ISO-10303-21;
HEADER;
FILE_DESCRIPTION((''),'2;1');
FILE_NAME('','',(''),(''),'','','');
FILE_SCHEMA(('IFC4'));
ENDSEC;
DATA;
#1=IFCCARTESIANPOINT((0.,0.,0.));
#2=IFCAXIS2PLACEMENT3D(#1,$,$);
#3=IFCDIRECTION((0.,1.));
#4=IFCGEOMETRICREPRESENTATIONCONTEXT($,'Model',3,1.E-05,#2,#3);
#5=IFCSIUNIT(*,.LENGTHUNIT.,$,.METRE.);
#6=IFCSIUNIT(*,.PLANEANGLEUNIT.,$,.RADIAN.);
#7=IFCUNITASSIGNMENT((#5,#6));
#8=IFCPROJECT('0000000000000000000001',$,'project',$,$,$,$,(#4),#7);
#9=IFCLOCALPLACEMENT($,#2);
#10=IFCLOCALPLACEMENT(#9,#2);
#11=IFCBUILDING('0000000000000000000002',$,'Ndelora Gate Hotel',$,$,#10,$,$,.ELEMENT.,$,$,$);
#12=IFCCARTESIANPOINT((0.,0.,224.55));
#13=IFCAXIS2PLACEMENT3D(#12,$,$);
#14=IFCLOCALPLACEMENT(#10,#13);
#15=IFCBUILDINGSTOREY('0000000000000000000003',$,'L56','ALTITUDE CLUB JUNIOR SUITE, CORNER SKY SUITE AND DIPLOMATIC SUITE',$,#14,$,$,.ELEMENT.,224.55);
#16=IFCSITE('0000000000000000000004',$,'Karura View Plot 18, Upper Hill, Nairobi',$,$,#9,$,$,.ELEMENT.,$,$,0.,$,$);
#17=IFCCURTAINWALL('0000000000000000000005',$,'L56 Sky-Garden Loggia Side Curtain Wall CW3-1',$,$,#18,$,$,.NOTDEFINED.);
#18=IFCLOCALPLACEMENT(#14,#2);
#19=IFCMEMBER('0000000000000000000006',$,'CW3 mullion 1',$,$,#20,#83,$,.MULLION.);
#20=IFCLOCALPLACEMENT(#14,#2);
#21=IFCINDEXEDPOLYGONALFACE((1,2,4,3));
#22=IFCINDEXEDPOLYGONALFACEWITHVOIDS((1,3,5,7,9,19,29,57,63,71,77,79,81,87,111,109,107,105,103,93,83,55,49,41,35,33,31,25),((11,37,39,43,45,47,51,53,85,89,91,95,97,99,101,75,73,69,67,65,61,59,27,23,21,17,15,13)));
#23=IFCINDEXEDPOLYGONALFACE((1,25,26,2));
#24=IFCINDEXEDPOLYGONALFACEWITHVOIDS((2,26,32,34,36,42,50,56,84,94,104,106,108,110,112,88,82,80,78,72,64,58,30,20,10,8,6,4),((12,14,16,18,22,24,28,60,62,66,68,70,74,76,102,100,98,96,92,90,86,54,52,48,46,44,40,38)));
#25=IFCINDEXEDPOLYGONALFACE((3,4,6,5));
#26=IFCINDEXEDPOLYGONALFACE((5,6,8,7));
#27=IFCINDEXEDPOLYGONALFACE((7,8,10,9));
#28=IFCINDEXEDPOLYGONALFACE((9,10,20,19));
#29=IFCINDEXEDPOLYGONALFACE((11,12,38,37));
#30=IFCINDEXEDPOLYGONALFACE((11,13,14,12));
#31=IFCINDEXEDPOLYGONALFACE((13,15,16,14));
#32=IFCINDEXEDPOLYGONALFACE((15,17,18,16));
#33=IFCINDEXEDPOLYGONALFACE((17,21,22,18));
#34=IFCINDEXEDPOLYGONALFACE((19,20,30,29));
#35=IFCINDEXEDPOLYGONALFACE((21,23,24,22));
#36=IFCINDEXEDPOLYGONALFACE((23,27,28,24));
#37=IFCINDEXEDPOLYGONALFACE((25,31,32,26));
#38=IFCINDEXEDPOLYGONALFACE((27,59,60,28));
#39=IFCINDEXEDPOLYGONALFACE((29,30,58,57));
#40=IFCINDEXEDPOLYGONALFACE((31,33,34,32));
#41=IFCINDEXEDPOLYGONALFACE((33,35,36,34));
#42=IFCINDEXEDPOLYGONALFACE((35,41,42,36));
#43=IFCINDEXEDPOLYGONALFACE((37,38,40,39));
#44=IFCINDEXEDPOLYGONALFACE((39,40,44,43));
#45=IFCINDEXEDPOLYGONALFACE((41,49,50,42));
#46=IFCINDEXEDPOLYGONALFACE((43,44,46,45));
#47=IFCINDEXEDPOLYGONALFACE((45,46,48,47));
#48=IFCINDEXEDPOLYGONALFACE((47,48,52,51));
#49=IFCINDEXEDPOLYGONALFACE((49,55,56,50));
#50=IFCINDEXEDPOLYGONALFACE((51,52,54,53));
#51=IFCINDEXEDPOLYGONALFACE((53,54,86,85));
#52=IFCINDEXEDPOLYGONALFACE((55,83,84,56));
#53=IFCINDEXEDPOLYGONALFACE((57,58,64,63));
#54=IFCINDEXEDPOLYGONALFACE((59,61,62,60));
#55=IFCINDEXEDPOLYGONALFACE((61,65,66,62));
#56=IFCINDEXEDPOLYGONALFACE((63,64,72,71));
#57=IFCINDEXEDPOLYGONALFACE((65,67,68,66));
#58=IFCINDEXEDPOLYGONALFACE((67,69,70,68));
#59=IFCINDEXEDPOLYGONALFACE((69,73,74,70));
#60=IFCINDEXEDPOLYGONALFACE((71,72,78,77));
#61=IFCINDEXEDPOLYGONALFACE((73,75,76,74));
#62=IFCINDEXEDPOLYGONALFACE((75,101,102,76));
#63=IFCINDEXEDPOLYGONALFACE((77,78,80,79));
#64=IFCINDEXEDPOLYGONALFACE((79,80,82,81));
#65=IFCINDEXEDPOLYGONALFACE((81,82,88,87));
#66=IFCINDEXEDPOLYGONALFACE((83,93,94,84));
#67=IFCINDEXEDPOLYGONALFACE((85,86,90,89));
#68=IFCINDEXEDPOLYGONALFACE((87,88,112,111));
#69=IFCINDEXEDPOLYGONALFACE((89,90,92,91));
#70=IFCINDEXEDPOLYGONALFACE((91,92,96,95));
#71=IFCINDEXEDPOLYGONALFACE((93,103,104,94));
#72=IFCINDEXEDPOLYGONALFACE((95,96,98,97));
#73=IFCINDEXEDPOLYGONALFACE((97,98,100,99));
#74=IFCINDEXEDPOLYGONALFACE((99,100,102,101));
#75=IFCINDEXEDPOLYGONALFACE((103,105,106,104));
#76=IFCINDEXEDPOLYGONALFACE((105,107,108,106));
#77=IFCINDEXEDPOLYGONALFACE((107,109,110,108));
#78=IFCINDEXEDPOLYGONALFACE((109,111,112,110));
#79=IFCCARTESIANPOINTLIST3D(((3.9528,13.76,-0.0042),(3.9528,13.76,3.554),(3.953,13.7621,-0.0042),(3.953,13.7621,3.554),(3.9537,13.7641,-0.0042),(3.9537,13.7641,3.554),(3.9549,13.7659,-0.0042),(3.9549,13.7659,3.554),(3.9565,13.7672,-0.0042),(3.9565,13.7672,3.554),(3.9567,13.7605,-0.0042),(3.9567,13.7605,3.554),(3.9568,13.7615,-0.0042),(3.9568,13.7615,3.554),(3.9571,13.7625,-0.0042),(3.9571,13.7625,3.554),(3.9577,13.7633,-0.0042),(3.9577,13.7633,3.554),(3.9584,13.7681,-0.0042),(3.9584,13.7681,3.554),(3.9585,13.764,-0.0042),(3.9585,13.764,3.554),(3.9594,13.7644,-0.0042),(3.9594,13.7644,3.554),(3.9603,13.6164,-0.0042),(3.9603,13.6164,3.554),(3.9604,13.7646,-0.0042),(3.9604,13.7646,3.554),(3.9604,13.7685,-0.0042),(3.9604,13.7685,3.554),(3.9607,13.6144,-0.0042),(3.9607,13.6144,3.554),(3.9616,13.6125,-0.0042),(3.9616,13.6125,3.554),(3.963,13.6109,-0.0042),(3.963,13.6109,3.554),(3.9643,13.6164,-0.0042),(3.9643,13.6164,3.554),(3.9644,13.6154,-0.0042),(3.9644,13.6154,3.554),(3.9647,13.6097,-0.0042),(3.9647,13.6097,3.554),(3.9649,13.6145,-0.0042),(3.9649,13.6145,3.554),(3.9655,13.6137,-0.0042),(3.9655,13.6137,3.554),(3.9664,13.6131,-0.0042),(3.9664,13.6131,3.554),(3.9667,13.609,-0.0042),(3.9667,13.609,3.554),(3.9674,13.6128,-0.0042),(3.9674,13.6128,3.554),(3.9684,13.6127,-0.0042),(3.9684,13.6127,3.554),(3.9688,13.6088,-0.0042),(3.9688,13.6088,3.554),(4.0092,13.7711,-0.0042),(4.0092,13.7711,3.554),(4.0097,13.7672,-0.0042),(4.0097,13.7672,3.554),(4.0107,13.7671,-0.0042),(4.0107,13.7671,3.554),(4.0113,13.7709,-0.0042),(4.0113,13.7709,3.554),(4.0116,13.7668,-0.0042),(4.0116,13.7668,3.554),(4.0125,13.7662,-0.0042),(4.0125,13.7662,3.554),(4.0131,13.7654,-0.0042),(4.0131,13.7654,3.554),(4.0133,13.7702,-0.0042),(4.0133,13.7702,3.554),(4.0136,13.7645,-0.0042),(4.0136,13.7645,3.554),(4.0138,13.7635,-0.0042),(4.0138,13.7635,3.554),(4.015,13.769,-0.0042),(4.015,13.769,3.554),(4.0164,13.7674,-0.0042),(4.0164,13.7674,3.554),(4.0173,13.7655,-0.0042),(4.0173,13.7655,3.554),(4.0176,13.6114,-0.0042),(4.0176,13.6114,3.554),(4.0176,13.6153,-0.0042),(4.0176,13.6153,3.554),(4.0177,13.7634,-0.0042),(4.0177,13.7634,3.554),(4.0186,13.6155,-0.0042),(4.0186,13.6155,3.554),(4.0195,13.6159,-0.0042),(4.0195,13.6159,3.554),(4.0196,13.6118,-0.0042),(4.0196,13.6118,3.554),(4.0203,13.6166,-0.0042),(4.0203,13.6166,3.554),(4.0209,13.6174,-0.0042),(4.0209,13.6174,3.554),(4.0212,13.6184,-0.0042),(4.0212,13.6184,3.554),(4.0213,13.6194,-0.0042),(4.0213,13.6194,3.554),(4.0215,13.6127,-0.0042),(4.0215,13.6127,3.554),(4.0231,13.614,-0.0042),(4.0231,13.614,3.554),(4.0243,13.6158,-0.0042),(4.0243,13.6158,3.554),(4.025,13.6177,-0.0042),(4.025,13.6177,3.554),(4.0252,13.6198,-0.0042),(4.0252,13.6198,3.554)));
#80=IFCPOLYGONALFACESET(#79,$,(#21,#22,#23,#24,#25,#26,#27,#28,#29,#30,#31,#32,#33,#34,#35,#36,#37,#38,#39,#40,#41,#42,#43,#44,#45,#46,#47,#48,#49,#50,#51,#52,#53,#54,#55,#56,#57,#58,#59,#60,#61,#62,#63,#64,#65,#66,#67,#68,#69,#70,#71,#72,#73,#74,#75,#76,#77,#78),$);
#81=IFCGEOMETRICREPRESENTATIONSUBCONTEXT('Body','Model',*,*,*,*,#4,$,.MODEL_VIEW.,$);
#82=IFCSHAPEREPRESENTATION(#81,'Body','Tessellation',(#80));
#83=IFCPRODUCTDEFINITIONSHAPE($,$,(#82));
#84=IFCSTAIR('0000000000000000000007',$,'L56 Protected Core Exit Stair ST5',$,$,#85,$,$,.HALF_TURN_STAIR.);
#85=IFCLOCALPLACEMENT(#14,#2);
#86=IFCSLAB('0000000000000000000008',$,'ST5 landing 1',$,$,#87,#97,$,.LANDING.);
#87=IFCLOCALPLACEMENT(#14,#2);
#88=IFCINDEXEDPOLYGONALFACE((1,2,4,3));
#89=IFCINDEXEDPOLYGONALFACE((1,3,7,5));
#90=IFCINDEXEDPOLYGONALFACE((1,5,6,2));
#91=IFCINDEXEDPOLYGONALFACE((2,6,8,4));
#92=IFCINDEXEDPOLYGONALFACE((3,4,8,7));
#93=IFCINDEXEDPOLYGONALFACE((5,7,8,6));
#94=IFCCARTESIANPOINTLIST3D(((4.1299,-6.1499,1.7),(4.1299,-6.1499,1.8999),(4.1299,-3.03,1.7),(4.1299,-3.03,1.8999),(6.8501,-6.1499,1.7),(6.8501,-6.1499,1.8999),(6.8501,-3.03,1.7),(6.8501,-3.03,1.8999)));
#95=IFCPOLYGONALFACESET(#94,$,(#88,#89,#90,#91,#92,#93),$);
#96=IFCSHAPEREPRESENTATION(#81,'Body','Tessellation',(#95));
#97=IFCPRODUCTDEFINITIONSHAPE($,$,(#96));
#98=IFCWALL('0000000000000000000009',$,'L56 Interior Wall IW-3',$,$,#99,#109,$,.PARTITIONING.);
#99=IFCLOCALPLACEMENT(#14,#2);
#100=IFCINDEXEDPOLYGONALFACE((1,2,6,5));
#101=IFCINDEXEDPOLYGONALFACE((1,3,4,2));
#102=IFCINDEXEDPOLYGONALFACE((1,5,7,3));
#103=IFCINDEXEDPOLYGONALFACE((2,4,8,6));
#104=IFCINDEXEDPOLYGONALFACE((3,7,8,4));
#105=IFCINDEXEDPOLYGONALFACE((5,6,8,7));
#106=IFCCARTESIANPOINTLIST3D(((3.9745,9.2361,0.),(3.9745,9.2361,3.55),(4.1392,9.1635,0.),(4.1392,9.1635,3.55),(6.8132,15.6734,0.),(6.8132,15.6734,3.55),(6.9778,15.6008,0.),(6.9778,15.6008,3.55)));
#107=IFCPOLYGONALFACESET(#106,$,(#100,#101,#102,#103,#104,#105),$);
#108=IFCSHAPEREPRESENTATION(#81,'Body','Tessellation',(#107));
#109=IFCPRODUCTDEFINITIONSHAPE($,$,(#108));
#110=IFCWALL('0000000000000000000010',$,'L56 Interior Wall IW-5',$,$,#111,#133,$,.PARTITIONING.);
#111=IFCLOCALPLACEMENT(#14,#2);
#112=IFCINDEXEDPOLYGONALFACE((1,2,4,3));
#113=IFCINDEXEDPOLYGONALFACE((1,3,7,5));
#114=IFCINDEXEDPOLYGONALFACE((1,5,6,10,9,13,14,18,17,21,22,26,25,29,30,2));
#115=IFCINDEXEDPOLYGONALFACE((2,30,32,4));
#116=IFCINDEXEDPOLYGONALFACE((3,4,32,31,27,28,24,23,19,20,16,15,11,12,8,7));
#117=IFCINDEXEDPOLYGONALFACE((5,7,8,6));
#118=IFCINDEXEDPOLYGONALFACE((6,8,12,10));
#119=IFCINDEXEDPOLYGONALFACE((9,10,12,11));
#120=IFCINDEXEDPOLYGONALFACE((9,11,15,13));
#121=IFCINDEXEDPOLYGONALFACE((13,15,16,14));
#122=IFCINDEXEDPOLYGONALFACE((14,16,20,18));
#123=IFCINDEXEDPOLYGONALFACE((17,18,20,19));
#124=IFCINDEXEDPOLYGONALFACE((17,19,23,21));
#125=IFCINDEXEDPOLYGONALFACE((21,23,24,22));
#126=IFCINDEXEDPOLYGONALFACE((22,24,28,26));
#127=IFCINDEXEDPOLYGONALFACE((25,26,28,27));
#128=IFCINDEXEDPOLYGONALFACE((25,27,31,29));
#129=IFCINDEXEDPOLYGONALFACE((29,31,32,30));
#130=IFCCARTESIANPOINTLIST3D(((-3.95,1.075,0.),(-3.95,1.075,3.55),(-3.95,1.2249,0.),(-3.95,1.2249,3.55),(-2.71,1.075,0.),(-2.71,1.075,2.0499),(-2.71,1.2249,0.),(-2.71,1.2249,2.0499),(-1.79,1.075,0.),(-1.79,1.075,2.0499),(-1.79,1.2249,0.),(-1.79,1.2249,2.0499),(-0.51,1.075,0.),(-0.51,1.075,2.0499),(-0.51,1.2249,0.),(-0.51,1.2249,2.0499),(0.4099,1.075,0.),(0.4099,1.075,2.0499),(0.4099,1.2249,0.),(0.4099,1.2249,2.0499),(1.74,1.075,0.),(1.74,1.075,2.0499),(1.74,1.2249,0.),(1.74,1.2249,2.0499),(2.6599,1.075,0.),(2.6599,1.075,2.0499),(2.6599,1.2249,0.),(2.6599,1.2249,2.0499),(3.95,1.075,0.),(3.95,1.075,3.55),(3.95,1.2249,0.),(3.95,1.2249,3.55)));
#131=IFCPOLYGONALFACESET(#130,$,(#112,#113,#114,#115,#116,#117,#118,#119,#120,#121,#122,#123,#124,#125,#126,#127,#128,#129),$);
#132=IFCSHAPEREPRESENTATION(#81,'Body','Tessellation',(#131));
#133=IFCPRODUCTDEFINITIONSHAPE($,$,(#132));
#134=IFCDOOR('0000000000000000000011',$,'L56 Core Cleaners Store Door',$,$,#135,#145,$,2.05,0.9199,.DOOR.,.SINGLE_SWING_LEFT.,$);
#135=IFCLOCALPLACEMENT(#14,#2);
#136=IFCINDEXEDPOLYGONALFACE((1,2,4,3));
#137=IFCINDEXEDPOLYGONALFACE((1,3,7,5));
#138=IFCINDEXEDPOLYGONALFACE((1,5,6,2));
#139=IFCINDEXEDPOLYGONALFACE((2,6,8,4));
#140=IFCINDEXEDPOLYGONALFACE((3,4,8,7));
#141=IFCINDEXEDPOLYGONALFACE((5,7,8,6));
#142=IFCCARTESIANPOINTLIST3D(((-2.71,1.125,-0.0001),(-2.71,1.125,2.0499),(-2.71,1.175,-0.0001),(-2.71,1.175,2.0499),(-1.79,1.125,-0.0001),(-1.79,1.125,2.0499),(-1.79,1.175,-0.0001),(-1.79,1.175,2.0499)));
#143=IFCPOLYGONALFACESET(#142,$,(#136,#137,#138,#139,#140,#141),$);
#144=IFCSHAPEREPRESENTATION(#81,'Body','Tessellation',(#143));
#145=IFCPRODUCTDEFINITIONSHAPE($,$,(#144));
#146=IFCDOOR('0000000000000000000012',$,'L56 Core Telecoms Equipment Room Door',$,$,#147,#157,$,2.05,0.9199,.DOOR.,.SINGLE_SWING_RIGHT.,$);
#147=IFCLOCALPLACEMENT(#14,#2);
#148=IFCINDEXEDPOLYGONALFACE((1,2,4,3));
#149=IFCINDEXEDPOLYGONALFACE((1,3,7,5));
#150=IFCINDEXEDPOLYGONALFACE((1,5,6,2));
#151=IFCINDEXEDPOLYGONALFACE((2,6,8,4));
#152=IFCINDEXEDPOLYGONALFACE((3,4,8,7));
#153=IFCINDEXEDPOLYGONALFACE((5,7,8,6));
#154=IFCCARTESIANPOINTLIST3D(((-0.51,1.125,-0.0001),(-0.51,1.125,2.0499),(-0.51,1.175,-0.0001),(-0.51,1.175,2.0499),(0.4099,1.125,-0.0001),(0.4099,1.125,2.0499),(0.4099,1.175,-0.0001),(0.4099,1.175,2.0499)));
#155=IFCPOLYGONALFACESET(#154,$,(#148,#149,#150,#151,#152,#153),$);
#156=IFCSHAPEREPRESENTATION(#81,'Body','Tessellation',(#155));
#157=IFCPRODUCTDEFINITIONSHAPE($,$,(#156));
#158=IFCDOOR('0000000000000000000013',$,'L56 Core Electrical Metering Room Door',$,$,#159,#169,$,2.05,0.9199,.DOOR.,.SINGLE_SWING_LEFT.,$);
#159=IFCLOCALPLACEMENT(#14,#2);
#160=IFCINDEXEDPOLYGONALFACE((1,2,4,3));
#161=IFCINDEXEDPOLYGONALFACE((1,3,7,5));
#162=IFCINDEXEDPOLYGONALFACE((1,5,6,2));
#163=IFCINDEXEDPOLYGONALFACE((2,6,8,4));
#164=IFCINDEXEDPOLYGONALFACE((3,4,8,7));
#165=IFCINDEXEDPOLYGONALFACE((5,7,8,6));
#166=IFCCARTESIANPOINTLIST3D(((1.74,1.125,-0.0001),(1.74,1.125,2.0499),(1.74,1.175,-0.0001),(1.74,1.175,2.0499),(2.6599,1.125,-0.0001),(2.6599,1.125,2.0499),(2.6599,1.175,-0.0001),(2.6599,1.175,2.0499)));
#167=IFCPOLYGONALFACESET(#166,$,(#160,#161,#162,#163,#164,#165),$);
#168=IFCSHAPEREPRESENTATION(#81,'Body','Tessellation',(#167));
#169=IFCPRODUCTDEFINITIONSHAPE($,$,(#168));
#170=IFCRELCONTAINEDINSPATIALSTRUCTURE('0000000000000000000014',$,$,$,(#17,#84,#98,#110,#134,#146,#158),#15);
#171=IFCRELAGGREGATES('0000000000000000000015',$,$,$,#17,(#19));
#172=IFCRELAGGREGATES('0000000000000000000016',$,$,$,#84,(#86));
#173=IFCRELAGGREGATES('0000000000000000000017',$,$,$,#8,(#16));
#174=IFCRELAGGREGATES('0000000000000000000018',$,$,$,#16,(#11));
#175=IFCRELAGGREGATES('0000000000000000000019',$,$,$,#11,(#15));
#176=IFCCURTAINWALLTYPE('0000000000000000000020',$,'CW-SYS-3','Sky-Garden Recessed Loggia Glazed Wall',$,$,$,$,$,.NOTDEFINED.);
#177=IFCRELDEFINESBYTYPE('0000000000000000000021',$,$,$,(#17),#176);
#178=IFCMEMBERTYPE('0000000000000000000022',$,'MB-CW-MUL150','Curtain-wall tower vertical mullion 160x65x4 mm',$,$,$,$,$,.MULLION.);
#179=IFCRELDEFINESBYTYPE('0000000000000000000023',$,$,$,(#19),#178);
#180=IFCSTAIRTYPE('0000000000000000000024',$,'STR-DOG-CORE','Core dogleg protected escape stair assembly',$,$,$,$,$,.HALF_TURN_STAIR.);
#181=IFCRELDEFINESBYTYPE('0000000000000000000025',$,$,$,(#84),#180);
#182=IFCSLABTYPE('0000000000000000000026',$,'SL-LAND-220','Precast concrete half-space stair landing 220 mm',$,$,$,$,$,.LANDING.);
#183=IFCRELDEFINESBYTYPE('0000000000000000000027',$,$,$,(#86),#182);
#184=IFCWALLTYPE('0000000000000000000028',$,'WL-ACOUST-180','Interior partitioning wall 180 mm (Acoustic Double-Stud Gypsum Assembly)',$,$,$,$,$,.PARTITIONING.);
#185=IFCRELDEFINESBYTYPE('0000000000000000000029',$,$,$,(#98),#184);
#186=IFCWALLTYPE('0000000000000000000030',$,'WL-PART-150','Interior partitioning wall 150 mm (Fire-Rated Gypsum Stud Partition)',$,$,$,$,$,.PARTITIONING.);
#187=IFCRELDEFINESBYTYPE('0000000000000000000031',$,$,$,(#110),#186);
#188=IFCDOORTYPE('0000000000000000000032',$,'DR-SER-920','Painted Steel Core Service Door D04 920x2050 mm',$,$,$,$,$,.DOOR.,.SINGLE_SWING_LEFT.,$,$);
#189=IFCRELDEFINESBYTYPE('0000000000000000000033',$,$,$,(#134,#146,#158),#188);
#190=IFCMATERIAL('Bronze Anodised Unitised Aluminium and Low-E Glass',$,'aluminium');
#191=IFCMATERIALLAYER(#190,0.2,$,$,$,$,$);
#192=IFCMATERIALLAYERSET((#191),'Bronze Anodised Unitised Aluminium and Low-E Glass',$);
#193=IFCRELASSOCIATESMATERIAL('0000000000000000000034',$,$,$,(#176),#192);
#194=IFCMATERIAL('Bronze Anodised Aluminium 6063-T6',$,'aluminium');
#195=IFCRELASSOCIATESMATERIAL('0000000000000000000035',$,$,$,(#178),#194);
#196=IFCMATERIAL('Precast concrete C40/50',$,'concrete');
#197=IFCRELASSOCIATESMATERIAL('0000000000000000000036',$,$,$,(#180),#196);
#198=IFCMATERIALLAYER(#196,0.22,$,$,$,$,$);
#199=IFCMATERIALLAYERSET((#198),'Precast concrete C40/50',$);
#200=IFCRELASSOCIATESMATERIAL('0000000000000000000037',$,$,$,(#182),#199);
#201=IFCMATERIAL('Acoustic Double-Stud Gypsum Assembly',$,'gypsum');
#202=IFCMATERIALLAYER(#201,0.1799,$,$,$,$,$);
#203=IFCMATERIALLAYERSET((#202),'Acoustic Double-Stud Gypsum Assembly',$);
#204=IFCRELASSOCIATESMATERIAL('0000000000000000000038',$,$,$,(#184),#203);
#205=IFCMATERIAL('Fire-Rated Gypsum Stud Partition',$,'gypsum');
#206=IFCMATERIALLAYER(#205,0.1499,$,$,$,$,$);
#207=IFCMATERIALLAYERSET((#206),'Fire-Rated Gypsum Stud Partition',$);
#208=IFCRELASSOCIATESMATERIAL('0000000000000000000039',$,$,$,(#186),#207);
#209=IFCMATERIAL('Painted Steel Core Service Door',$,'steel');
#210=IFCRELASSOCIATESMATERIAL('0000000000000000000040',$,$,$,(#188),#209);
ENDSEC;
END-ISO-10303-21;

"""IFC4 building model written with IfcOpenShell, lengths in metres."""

from ifc_helpers import new_model, si_unit, direction, frame, frame_2d, origin, origin_2d, place, context, subcontext, project, spatial, polyline, rectangle, hollow_rectangle, outline, extrude, material, layer, layer_set, material_profile, profile_set, type_object, element, fill, aggregate, save


model = new_model("IFC4")

# Units and contexts
model_context = context("Model", 3, precision=1e-05, world=origin(), true_north=direction((0.0, 1.0)))
body_context = subcontext(model_context, "Body", "Model", "MODEL_VIEW")
ifc_project = project(units=[si_unit("LENGTHUNIT", "METRE"), si_unit("PLANEANGLEUNIT", "RADIAN")], contexts=[model_context])

# Site, building, storey
site_placement = place(None, origin())
site = spatial("IfcSite", under=ifc_project, at=site_placement, Name="Karura View Plot 18, Upper Hill, Nairobi", CompositionType="ELEMENT", RefElevation=0.0)
building_placement = place(site_placement, origin())
building = spatial("IfcBuilding", under=site, at=building_placement, Name="Ndelora Gate Hotel", CompositionType="ELEMENT")
storey_placement = place(building_placement, frame((0.0, 0.0, 224.55)))
storey = spatial("IfcBuildingStorey", under=building, at=storey_placement, Name="L56", Description="ALTITUDE CLUB JUNIOR SUITE, CORNER SKY SUITE AND DIPLOMATIC SUITE", CompositionType="ELEMENT", Elevation=224.55)

# Curtain wall, member
ifc_material_1 = material(Name="Bronze Anodised Unitised Aluminium and Low-E Glass", Category="aluminium")
ifc_layer_1 = layer(ifc_material_1, 0.2)
ifc_layer_set_1 = layer_set([ifc_layer_1], Name="Bronze Anodised Unitised Aluminium and Low-E Glass")
curtain_wall_type = type_object("IfcCurtainWallType", Name="CW-SYS-3", Description="Sky-Garden Recessed Loggia Glazed Wall", PredefinedType="NOTDEFINED", material=ifc_layer_set_1)
curtain_wall_placement = place(storey_placement, origin())
curtain_wall = element("IfcCurtainWall", 1, at=curtain_wall_placement, inside=storey, type_object=curtain_wall_type, Name="L56 Sky-Garden Loggia Side Curtain Wall CW3-1", PredefinedType="NOTDEFINED")
ifc_material_2 = material(Name="Bronze Anodised Aluminium 6063-T6", Category="aluminium")
ifc_material_profile = material_profile(ifc_material_2, hollow_rectangle(XDim=0.0649, YDim=0.1599, WallThickness=0.0039, InnerFilletRadius=0.0039, OuterFilletRadius=0.0081, at=origin_2d()), Name="ALU 160x65x4")
ifc_profile_set = profile_set([ifc_material_profile], Name="Bronze Anodised Aluminium 6063-T6")
member_type = type_object("IfcMemberType", Name="MB-CW-MUL150", Description="Curtain-wall tower vertical mullion 160x65x4 mm", PredefinedType="MULLION", material=ifc_profile_set)
member_placement = place(storey_placement, frame((3.989, 13.6899, -0.0042), z_axis=(0.0, 0.0, 1.0), x_axis=(-0.99863, -0.052318, 0.0)))
member = element("IfcMember", 2, at=member_placement, type_object=member_type, Name="CW3 mullion 1", PredefinedType="MULLION", context=body_context, shape_type="SweptSolid", body=[
    extrude(hollow_rectangle(XDim=0.0649, YDim=0.1599, WallThickness=0.0039, InnerFilletRadius=0.0039, OuterFilletRadius=0.0081, at=origin_2d()), origin(), (0.0, 0.0, 1.0), 3.5581),
])
aggregate(curtain_wall, [member])

# Stair, slab
ifc_material_3 = material(Name="Precast concrete C40/50", Category="concrete")
stair_type = type_object("IfcStairType", Name="STR-DOG-CORE", Description="Core dogleg protected escape stair assembly", PredefinedType="HALF_TURN_STAIR", material=ifc_material_3)
stair_placement = place(storey_placement, origin())
stair = element("IfcStair", 3, at=stair_placement, inside=storey, type_object=stair_type, Name="L56 Protected Core Exit Stair ST5", PredefinedType="HALF_TURN_STAIR")
ifc_layer_2 = layer(ifc_material_3, 0.22)
ifc_layer_set_2 = layer_set([ifc_layer_2], Name="Precast concrete C40/50")
slab_type = type_object("IfcSlabType", Name="SL-LAND-220", Description="Precast concrete half-space stair landing 220 mm", PredefinedType="LANDING", material=ifc_layer_set_2)
slab_placement = place(storey_placement, frame((0.0, 0.0, 1.7)))
slab = element("IfcSlab", 4, at=slab_placement, type_object=slab_type, Name="ST5 landing 1", PredefinedType="LANDING", context=body_context, shape_type="SweptSolid", body=[
    extrude(outline(polyline([(4.1299, -3.03), (4.1299, -6.1499), (6.8501, -6.1499), (6.8501, -3.03), (4.1299, -3.03)])), origin(), (0.0, 0.0, 1.0), 0.2),
])
aggregate(stair, [slab])

# Wall
ifc_material_4 = material(Name="Acoustic Double-Stud Gypsum Assembly", Category="gypsum")
ifc_layer_3 = layer(ifc_material_4, 0.1799)
ifc_layer_set_3 = layer_set([ifc_layer_3], Name="Acoustic Double-Stud Gypsum Assembly")
wall_type_1 = type_object("IfcWallType", Name="WL-ACOUST-180", Description="Interior partitioning wall 180 mm (Acoustic Double-Stud Gypsum Assembly)", PredefinedType="PARTITIONING", material=ifc_layer_set_3)
wall_1_placement = place(storey_placement, frame((4.0569, 9.2, 0.0), z_axis=(0.0, 0.0, 1.0), x_axis=(0.40348, 0.914988, 0.0)))
element("IfcWall", 5, at=wall_1_placement, inside=storey, type_object=wall_type_1, Name="L56 Interior Wall IW-3", PredefinedType="PARTITIONING", context=body_context, shape_type="SweptSolid", body=[
    extrude(rectangle(XDim=7.0354, YDim=0.1799, at=frame_2d((3.5176, 0.0))), origin(), (0.0, 0.0, 1.0), 3.55),
])

# Wall, openings, doors
ifc_material_5 = material(Name="Fire-Rated Gypsum Stud Partition", Category="gypsum")
ifc_layer_4 = layer(ifc_material_5, 0.1499)
ifc_layer_set_4 = layer_set([ifc_layer_4], Name="Fire-Rated Gypsum Stud Partition")
wall_type_2 = type_object("IfcWallType", Name="WL-PART-150", Description="Interior partitioning wall 150 mm (Fire-Rated Gypsum Stud Partition)", PredefinedType="PARTITIONING", material=ifc_layer_set_4)
wall_2_placement = place(storey_placement, frame((3.95, 1.1499, 0.0), z_axis=(0.0, 0.0, 1.0), x_axis=(-1.0, 0.0, 0.0)))
wall_2 = element("IfcWall", 6, at=wall_2_placement, inside=storey, type_object=wall_type_2, Name="L56 Interior Wall IW-5", PredefinedType="PARTITIONING", context=body_context, shape_type="SweptSolid", body=[
    extrude(rectangle(XDim=7.8999, YDim=0.1499, at=frame_2d((3.95, 0.0))), origin(), (0.0, 0.0, 1.0), 3.55),
])
opening_1_placement = place(wall_2_placement, frame((5.74, 0.0, 0.0)))
opening_1 = element("IfcOpeningElement", 7, at=opening_1_placement, cuts=wall_2, PredefinedType="OPENING", context=body_context, shape_type="SweptSolid", body=[
    extrude(rectangle(XDim=0.9199, YDim=2.05, at=frame_2d((0.46, 1.0249))), frame((0.0, 0.085, 0.0), z_axis=(0.0, -1.0, 0.0), x_axis=(1.0, 0.0, 0.0)), (0.0, 0.0, 1.0), 0.1699),
])
opening_2_placement = place(wall_2_placement, frame((3.54, 0.0, 0.0)))
opening_2 = element("IfcOpeningElement", 8, at=opening_2_placement, cuts=wall_2, PredefinedType="OPENING", context=body_context, shape_type="SweptSolid", body=[
    extrude(rectangle(XDim=0.9199, YDim=2.05, at=frame_2d((0.46, 1.0249))), frame((0.0, 0.085, 0.0), z_axis=(0.0, -1.0, 0.0), x_axis=(1.0, 0.0, 0.0)), (0.0, 0.0, 1.0), 0.1699),
])
opening_3_placement = place(wall_2_placement, frame((1.29, 0.0, 0.0)))
opening_3 = element("IfcOpeningElement", 9, at=opening_3_placement, cuts=wall_2, PredefinedType="OPENING", context=body_context, shape_type="SweptSolid", body=[
    extrude(rectangle(XDim=0.9199, YDim=2.05, at=frame_2d((0.46, 1.0249))), frame((0.0, 0.085, 0.0), z_axis=(0.0, -1.0, 0.0), x_axis=(1.0, 0.0, 0.0)), (0.0, 0.0, 1.0), 0.1699),
])
ifc_material_6 = material(Name="Painted Steel Core Service Door", Category="steel")
door_type_1 = type_object("IfcDoorType", Name="DR-SER-920", Description="Painted Steel Core Service Door D04 920x2050 mm", OperationType="SINGLE_SWING_LEFT", PredefinedType="DOOR", material=ifc_material_6)
door_1_placement = place(opening_1_placement, origin())
door_1 = element("IfcDoor", 10, at=door_1_placement, inside=storey, type_object=door_type_1, Name="L56 Core Cleaners Store Door", OperationType="SINGLE_SWING_LEFT", OverallHeight=2.05, OverallWidth=0.9199, PredefinedType="DOOR", context=body_context, shape_type="SweptSolid", body=[
    extrude(rectangle(XDim=0.9199, YDim=2.05, at=frame_2d((0.46, 1.0249))), frame((0.0, 0.0249, 0.0), z_axis=(0.0, -1.0, 0.0), x_axis=(1.0, 0.0, 0.0)), (0.0, 0.0, 1.0), 0.05),
])
fill(opening_1, door_1)
door_2_placement = place(opening_2_placement, origin())
door_2 = element("IfcDoor", 11, at=door_2_placement, inside=storey, type_object=door_type_1, Name="L56 Core Telecoms Equipment Room Door", OperationType="SINGLE_SWING_RIGHT", OverallHeight=2.05, OverallWidth=0.9199, PredefinedType="DOOR", context=body_context, shape_type="SweptSolid", body=[
    extrude(rectangle(XDim=0.9199, YDim=2.05, at=frame_2d((0.46, 1.0249))), frame((0.0, 0.0249, 0.0), z_axis=(0.0, -1.0, 0.0), x_axis=(1.0, 0.0, 0.0)), (0.0, 0.0, 1.0), 0.05),
])
fill(opening_2, door_2)
door_3_placement = place(opening_3_placement, origin())
door_3 = element("IfcDoor", 12, at=door_3_placement, inside=storey, type_object=door_type_1, Name="L56 Core Electrical Metering Room Door", OperationType="SINGLE_SWING_LEFT", OverallHeight=2.05, OverallWidth=0.9199, PredefinedType="DOOR", context=body_context, shape_type="SweptSolid", body=[
    extrude(rectangle(XDim=0.9199, YDim=2.05, at=frame_2d((0.46, 1.0249))), frame((0.0, 0.0249, 0.0), z_axis=(0.0, -1.0, 0.0), x_axis=(1.0, 0.0, 0.0)), (0.0, 0.0, 1.0), 0.05),
])
fill(opening_3, door_3)

save(model, "model.ifc")
